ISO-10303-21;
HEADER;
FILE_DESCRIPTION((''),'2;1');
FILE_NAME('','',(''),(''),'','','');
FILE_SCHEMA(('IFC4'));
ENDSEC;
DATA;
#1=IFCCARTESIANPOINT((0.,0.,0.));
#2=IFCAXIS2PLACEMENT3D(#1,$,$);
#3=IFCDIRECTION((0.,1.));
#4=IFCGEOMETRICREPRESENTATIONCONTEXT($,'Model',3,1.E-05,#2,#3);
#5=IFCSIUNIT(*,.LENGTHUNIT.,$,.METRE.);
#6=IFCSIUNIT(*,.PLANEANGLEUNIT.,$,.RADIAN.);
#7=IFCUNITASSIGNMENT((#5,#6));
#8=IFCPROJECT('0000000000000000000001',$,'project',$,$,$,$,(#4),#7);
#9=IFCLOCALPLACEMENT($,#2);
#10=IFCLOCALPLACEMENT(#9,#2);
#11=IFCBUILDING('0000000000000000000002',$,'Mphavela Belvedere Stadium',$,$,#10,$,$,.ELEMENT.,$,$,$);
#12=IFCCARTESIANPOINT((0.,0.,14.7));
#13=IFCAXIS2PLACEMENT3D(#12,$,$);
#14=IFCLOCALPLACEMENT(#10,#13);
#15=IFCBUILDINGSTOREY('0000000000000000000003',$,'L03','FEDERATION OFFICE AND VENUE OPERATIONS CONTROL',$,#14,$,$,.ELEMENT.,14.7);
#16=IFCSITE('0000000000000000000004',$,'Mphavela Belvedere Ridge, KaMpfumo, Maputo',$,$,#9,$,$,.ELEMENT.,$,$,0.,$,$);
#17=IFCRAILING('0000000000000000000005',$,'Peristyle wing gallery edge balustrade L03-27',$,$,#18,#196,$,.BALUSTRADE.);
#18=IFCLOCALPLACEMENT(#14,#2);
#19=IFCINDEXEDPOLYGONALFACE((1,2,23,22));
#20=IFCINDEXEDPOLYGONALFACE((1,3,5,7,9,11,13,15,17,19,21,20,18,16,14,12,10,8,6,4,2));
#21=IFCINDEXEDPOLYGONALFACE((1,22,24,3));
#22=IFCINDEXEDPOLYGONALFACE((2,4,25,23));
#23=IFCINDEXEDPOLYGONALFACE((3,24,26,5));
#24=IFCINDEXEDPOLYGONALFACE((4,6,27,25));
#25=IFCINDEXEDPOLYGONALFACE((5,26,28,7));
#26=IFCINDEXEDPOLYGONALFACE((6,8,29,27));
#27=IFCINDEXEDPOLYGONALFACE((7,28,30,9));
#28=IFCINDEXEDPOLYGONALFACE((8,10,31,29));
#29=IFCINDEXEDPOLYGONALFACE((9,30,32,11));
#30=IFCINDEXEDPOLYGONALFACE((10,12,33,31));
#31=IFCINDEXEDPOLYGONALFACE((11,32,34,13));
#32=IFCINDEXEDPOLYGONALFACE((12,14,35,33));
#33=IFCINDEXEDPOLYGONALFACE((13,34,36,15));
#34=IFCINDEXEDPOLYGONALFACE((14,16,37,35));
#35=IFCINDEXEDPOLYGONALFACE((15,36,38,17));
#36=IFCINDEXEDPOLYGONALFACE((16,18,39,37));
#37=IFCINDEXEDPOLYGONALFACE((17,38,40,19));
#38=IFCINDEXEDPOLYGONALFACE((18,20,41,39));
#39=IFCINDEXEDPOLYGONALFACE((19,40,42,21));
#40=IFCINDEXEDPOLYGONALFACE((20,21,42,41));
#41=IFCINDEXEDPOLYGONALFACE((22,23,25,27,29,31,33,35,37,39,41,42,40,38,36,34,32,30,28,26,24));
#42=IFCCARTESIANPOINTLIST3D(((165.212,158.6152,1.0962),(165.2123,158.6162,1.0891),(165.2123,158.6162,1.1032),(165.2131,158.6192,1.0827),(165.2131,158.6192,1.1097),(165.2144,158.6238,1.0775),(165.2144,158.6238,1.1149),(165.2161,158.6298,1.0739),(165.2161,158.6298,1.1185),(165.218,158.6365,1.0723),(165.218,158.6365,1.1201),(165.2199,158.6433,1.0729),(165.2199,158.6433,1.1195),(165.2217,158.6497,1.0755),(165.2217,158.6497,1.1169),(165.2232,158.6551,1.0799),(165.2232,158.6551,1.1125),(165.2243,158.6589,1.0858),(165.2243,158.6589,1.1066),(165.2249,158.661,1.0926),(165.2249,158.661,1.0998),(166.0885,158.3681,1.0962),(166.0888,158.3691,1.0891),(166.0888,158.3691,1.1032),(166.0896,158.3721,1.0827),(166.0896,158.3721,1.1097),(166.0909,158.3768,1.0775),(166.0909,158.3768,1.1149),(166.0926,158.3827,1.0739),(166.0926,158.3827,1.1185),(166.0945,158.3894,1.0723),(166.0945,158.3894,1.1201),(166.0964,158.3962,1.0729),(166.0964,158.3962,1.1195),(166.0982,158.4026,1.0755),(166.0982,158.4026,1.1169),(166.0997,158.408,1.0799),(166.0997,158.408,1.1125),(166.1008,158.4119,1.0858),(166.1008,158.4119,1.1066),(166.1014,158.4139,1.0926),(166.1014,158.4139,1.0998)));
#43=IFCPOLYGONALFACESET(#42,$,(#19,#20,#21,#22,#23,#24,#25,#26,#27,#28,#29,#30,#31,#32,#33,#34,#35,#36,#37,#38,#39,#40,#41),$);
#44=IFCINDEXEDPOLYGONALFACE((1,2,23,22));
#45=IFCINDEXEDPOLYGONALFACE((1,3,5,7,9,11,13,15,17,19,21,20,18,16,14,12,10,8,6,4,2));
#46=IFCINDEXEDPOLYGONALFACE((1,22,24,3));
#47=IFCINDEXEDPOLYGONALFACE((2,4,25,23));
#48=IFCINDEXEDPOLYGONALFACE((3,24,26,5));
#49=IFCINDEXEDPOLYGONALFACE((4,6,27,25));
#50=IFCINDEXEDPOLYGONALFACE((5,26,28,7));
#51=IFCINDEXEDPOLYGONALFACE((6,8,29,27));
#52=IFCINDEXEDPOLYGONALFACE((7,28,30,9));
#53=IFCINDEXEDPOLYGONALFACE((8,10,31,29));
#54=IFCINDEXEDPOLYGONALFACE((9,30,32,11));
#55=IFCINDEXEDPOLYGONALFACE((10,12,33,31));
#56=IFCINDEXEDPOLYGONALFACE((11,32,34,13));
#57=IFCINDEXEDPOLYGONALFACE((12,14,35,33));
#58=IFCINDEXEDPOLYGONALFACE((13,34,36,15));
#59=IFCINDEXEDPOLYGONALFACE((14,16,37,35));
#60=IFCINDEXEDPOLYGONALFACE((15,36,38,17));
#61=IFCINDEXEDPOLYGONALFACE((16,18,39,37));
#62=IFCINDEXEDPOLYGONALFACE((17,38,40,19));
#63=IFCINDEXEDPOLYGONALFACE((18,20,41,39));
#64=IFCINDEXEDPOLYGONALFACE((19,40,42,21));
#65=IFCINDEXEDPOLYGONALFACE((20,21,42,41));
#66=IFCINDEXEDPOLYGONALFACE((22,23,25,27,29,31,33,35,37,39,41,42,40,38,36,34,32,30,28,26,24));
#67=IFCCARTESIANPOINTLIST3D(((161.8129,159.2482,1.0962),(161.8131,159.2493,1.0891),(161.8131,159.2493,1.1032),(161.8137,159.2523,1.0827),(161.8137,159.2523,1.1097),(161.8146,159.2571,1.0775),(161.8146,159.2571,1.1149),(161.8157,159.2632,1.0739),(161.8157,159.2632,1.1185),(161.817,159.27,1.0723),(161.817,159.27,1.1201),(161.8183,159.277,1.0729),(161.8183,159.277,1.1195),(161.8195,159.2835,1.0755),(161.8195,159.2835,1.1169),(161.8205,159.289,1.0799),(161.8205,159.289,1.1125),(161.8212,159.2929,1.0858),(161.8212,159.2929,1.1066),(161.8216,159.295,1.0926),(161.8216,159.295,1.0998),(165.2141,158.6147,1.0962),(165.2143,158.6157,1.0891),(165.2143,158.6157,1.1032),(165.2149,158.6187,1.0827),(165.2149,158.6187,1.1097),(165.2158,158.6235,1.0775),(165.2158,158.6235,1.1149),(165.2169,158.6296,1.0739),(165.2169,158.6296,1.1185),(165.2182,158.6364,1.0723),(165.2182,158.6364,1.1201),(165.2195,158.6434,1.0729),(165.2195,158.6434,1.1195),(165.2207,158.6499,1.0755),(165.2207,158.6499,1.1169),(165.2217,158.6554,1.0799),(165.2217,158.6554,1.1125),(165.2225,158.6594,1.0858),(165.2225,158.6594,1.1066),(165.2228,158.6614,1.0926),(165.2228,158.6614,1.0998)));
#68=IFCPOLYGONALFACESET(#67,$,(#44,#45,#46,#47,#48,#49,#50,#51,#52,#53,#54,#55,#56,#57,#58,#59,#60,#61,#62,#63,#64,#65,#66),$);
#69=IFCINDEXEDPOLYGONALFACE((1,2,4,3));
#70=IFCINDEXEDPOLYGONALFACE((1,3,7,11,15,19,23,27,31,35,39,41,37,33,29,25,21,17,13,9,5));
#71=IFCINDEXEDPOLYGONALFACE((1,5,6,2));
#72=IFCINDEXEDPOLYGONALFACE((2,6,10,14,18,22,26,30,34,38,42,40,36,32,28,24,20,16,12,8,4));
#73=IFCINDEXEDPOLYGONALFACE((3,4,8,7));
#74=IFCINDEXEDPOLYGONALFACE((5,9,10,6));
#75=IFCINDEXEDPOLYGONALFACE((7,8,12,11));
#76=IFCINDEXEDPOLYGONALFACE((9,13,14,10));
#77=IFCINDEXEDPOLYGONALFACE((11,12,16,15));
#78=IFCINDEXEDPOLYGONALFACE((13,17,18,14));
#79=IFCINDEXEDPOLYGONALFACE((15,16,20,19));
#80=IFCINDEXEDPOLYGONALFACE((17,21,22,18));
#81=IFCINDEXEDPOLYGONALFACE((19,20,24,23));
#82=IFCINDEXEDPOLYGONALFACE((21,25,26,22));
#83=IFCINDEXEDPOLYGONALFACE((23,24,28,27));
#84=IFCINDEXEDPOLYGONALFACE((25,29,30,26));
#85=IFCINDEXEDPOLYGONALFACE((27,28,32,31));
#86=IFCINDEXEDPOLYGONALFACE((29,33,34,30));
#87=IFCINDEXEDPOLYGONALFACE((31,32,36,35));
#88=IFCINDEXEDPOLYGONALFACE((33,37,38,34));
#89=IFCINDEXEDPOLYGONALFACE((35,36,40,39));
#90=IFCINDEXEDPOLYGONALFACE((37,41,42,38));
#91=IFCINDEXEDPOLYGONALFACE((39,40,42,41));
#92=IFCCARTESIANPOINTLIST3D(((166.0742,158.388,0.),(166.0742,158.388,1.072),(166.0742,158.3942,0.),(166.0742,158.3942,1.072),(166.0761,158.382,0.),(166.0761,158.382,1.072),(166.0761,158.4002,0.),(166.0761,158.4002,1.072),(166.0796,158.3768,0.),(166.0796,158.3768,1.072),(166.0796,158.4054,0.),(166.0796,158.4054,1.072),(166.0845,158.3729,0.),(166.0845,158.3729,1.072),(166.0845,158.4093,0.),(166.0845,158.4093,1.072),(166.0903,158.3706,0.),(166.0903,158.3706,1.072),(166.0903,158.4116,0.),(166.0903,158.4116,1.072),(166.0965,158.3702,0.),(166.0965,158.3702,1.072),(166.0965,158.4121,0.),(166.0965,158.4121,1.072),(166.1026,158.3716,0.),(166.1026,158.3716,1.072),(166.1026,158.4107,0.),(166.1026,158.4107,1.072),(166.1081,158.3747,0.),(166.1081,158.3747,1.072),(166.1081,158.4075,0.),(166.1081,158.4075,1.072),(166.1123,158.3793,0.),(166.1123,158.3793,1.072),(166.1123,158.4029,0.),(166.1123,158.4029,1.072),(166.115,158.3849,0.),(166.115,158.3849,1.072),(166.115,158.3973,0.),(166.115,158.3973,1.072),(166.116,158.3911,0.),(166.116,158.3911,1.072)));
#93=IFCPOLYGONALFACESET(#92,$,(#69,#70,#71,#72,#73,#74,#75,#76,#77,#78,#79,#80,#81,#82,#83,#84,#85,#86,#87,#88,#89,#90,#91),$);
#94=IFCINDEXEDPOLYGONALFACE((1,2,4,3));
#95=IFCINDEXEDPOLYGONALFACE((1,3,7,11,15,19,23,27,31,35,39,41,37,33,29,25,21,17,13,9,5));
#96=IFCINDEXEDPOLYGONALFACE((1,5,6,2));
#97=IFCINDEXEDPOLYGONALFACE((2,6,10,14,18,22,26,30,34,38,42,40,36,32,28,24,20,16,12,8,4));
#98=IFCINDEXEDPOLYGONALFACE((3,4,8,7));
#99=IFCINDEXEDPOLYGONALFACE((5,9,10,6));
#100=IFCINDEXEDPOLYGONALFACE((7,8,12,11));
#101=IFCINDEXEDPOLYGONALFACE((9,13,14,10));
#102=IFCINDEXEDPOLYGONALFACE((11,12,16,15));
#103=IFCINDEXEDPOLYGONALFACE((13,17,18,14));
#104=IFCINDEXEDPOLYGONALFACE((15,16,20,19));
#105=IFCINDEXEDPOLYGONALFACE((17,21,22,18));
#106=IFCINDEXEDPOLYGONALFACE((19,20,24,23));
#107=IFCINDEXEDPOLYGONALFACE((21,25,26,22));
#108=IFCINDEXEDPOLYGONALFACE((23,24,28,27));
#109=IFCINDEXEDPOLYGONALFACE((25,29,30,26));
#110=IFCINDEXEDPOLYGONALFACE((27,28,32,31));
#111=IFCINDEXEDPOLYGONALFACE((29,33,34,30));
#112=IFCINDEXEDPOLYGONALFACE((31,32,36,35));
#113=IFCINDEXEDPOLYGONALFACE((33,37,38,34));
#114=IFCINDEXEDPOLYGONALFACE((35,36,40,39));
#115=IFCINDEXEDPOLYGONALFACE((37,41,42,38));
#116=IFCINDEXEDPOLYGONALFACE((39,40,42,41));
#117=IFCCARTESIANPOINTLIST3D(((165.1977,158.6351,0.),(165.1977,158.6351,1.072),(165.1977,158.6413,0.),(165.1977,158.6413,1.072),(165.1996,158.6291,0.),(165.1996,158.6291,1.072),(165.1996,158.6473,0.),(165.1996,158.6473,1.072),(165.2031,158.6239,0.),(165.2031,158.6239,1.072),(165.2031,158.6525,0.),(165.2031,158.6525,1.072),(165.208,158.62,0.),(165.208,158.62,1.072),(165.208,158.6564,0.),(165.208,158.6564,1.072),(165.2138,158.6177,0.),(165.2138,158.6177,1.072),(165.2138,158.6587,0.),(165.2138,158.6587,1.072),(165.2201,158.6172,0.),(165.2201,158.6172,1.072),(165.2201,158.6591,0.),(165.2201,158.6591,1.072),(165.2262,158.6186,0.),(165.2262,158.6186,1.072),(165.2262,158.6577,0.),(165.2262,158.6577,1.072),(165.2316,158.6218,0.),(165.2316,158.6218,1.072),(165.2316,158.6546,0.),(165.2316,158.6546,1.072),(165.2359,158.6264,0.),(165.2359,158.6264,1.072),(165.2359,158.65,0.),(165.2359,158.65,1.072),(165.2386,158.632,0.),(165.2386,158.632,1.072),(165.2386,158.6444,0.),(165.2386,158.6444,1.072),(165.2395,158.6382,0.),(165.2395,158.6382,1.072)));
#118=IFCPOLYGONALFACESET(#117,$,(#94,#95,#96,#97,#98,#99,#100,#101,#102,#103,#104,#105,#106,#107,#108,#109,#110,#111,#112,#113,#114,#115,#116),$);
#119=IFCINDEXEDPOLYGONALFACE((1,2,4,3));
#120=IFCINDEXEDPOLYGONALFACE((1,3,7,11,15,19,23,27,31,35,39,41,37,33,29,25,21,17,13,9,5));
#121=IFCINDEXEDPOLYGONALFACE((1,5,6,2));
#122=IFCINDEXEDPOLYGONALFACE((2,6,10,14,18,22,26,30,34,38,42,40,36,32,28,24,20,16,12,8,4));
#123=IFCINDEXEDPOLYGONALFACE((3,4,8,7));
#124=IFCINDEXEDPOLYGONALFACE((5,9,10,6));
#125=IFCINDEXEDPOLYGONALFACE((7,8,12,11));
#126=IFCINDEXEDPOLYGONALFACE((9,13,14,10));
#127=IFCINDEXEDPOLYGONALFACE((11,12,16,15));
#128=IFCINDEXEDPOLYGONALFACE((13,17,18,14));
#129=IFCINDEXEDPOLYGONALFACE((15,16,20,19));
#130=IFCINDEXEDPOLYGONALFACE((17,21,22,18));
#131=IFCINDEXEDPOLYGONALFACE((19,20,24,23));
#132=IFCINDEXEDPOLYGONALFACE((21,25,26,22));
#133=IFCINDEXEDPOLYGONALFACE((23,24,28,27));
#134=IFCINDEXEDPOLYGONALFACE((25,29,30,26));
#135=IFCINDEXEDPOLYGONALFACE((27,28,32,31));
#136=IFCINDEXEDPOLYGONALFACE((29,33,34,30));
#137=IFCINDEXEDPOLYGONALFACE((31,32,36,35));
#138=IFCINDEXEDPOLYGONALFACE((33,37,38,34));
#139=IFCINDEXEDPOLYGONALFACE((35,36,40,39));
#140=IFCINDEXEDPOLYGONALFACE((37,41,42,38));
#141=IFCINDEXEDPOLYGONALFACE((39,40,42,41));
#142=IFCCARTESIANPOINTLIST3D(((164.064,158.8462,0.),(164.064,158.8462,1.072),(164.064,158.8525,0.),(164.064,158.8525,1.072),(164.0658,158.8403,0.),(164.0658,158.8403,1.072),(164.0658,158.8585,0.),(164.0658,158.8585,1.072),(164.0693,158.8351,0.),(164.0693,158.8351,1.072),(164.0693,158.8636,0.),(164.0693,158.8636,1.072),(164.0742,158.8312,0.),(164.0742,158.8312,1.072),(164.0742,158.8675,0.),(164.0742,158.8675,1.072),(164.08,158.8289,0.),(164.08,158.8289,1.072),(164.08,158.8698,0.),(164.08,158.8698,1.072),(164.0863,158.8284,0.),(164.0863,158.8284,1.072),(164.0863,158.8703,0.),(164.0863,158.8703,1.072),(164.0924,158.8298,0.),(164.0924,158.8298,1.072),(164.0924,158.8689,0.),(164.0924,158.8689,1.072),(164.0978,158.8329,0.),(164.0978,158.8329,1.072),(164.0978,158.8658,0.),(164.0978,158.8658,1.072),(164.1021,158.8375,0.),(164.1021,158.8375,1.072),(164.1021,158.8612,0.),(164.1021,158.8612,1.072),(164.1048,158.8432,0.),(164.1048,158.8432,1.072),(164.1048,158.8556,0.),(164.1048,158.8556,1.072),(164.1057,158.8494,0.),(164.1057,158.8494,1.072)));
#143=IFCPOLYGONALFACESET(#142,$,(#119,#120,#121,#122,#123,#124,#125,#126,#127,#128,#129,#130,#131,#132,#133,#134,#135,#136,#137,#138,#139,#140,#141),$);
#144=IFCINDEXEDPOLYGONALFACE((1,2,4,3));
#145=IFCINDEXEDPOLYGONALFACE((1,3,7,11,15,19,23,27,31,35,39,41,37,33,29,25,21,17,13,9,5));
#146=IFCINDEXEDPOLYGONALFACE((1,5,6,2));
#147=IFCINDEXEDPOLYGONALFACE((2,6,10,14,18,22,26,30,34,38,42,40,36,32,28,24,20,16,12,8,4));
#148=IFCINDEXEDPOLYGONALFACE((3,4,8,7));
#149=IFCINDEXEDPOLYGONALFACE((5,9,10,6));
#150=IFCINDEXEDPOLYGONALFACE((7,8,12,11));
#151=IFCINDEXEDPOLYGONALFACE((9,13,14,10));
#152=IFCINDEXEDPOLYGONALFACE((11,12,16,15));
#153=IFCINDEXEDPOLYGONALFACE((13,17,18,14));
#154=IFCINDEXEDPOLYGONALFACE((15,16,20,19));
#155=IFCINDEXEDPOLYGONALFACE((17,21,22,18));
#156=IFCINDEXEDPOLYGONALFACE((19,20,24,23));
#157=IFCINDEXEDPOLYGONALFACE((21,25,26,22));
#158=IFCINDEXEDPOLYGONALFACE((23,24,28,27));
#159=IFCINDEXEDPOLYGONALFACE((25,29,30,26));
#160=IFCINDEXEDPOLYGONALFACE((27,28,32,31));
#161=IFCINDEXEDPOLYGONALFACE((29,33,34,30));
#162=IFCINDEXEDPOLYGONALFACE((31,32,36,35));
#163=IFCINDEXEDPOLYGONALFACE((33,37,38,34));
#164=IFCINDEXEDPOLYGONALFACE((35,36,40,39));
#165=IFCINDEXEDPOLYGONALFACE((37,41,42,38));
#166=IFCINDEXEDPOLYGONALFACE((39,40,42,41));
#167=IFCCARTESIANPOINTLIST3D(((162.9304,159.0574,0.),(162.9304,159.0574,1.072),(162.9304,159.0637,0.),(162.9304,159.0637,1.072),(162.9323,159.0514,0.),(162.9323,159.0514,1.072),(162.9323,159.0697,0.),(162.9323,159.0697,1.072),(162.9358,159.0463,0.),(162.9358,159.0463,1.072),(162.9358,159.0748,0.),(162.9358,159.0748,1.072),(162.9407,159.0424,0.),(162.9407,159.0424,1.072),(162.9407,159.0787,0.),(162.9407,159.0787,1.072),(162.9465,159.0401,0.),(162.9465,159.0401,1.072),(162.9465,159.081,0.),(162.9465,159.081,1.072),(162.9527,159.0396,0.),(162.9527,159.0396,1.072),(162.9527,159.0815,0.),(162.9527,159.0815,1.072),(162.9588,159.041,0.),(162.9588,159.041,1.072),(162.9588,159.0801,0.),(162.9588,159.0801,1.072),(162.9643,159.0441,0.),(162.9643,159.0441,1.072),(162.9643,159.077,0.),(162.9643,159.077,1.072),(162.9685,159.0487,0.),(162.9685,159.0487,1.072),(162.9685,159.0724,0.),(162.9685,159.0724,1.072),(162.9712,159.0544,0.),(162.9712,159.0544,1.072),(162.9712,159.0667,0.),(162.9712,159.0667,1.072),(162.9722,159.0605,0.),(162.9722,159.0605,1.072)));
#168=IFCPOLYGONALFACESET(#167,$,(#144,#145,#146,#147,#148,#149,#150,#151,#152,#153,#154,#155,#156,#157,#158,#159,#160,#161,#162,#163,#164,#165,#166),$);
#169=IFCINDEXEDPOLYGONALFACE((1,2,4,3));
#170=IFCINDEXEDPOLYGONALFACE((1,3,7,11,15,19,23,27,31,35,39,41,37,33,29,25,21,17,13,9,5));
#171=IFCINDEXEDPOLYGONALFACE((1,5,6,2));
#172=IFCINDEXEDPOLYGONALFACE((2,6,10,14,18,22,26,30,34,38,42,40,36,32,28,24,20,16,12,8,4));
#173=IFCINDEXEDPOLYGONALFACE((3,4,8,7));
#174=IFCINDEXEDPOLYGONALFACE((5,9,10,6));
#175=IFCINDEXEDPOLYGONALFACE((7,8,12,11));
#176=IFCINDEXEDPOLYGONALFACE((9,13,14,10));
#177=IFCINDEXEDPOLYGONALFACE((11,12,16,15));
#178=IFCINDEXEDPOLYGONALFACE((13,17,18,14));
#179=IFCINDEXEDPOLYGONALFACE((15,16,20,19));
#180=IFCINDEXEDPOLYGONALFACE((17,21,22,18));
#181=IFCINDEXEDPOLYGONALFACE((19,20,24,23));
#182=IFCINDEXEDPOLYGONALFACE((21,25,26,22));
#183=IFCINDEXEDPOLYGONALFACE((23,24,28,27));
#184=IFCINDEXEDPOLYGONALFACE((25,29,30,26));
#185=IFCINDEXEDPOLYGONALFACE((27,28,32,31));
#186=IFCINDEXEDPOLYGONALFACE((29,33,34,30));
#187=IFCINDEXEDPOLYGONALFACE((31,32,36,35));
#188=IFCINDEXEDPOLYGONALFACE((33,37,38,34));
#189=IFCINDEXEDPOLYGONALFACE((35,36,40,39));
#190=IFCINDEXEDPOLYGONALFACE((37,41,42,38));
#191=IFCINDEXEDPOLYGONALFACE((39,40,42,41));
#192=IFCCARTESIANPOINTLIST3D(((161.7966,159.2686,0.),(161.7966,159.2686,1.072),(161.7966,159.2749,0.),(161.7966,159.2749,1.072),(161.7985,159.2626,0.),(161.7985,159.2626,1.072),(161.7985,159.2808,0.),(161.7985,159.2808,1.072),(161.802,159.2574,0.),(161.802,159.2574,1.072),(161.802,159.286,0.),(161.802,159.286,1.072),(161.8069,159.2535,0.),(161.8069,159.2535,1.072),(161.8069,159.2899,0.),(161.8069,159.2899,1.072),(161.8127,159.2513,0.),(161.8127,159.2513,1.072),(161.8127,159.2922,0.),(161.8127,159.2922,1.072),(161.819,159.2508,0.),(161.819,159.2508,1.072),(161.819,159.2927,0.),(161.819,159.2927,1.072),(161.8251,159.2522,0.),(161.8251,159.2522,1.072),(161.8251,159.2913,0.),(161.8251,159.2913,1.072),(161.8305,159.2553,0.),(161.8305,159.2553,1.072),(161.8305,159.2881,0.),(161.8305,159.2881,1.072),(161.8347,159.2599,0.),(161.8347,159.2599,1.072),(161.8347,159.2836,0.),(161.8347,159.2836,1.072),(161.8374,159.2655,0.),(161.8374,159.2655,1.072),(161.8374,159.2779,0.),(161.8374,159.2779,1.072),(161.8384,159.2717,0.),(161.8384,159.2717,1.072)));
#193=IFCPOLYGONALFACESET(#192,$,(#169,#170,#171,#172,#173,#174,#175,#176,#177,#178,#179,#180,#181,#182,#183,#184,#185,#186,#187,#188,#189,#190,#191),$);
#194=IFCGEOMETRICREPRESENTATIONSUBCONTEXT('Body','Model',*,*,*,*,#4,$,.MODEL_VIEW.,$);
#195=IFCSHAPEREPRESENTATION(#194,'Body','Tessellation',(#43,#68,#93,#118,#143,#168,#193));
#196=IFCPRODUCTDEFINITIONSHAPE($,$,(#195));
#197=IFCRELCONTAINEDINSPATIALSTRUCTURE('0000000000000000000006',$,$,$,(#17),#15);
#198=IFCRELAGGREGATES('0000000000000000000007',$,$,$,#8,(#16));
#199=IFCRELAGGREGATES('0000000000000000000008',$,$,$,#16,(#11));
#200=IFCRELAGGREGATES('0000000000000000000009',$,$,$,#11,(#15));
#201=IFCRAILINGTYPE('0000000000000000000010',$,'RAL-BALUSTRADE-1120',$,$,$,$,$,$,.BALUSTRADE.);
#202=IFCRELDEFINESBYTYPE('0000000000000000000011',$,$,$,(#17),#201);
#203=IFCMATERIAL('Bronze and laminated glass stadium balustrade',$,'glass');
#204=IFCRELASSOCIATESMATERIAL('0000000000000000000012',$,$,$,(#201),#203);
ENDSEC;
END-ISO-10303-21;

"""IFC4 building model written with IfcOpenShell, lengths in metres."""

from ifc_helpers import new_model, si_unit, direction, frame, origin, origin_2d, place, context, subcontext, project, spatial, circle, extrude, material, type_object, element, save


model = new_model("IFC4")

# Units and contexts
model_context = context("Model", 3, precision=1e-05, world=origin(), true_north=direction((0.0, 1.0)))
body_context = subcontext(model_context, "Body", "Model", "MODEL_VIEW")
ifc_project = project(units=[si_unit("LENGTHUNIT", "METRE"), si_unit("PLANEANGLEUNIT", "RADIAN")], contexts=[model_context])

# Site, building, storey
site_placement = place(None, origin())
site = spatial("IfcSite", under=ifc_project, at=site_placement, Name="Mphavela Belvedere Ridge, KaMpfumo, Maputo", CompositionType="ELEMENT", RefElevation=0.0)
building_placement = place(site_placement, origin())
building = spatial("IfcBuilding", under=site, at=building_placement, Name="Mphavela Belvedere Stadium", CompositionType="ELEMENT")
storey_placement = place(building_placement, frame((0.0, 0.0, 14.7)))
storey = spatial("IfcBuildingStorey", under=building, at=storey_placement, Name="L03", Description="FEDERATION OFFICE AND VENUE OPERATIONS CONTROL", CompositionType="ELEMENT", Elevation=14.7)

# Railing
ifc_material_1 = material(Name="Bronze and laminated glass stadium balustrade", Category="glass")
railing_type = type_object("IfcRailingType", Name="RAL-BALUSTRADE-1120", PredefinedType="BALUSTRADE", material=ifc_material_1)
railing_placement = place(storey_placement, frame((166.095, 158.3911, 0.0)))
element("IfcRailing", 1, at=railing_placement, inside=storey, type_object=railing_type, Name="Peristyle wing gallery edge balustrade L03-27", PredefinedType="BALUSTRADE", context=body_context, shape_type="SweptSolid", body=[
    extrude(circle(Radius=0.0239, at=origin_2d()), frame((0.0, 0.0, 1.0962), z_axis=(-0.962489, 0.27132, 0.0), x_axis=(-0.27132, -0.962489, 0.0)), (0.0, 0.0, 1.0), 0.9106),
    extrude(circle(Radius=0.0239, at=origin_2d()), frame((-0.8765, 0.2471, 1.0962), z_axis=(-0.98309, 0.183125, 0.0), x_axis=(-0.183125, -0.98309, 0.0)), (0.0, 0.0, 1.0), 3.4597),
    extrude(circle(Radius=0.021, at=origin_2d()), origin(), (0.0, 0.0, 1.0), 1.072),
    extrude(circle(Radius=0.021, at=origin_2d()), frame((-0.8765, 0.2471, 0.0)), (0.0, 0.0, 1.0), 1.072),
    extrude(circle(Radius=0.021, at=origin_2d()), frame((-2.0103, 0.4583, 0.0)), (0.0, 0.0, 1.0), 1.072),
    extrude(circle(Radius=0.021, at=origin_2d()), frame((-3.1438, 0.6694, 0.0)), (0.0, 0.0, 1.0), 1.072),
    extrude(circle(Radius=0.021, at=origin_2d()), frame((-4.2776, 0.8806, 0.0)), (0.0, 0.0, 1.0), 1.072),
])

save(model, "model.ifc")
